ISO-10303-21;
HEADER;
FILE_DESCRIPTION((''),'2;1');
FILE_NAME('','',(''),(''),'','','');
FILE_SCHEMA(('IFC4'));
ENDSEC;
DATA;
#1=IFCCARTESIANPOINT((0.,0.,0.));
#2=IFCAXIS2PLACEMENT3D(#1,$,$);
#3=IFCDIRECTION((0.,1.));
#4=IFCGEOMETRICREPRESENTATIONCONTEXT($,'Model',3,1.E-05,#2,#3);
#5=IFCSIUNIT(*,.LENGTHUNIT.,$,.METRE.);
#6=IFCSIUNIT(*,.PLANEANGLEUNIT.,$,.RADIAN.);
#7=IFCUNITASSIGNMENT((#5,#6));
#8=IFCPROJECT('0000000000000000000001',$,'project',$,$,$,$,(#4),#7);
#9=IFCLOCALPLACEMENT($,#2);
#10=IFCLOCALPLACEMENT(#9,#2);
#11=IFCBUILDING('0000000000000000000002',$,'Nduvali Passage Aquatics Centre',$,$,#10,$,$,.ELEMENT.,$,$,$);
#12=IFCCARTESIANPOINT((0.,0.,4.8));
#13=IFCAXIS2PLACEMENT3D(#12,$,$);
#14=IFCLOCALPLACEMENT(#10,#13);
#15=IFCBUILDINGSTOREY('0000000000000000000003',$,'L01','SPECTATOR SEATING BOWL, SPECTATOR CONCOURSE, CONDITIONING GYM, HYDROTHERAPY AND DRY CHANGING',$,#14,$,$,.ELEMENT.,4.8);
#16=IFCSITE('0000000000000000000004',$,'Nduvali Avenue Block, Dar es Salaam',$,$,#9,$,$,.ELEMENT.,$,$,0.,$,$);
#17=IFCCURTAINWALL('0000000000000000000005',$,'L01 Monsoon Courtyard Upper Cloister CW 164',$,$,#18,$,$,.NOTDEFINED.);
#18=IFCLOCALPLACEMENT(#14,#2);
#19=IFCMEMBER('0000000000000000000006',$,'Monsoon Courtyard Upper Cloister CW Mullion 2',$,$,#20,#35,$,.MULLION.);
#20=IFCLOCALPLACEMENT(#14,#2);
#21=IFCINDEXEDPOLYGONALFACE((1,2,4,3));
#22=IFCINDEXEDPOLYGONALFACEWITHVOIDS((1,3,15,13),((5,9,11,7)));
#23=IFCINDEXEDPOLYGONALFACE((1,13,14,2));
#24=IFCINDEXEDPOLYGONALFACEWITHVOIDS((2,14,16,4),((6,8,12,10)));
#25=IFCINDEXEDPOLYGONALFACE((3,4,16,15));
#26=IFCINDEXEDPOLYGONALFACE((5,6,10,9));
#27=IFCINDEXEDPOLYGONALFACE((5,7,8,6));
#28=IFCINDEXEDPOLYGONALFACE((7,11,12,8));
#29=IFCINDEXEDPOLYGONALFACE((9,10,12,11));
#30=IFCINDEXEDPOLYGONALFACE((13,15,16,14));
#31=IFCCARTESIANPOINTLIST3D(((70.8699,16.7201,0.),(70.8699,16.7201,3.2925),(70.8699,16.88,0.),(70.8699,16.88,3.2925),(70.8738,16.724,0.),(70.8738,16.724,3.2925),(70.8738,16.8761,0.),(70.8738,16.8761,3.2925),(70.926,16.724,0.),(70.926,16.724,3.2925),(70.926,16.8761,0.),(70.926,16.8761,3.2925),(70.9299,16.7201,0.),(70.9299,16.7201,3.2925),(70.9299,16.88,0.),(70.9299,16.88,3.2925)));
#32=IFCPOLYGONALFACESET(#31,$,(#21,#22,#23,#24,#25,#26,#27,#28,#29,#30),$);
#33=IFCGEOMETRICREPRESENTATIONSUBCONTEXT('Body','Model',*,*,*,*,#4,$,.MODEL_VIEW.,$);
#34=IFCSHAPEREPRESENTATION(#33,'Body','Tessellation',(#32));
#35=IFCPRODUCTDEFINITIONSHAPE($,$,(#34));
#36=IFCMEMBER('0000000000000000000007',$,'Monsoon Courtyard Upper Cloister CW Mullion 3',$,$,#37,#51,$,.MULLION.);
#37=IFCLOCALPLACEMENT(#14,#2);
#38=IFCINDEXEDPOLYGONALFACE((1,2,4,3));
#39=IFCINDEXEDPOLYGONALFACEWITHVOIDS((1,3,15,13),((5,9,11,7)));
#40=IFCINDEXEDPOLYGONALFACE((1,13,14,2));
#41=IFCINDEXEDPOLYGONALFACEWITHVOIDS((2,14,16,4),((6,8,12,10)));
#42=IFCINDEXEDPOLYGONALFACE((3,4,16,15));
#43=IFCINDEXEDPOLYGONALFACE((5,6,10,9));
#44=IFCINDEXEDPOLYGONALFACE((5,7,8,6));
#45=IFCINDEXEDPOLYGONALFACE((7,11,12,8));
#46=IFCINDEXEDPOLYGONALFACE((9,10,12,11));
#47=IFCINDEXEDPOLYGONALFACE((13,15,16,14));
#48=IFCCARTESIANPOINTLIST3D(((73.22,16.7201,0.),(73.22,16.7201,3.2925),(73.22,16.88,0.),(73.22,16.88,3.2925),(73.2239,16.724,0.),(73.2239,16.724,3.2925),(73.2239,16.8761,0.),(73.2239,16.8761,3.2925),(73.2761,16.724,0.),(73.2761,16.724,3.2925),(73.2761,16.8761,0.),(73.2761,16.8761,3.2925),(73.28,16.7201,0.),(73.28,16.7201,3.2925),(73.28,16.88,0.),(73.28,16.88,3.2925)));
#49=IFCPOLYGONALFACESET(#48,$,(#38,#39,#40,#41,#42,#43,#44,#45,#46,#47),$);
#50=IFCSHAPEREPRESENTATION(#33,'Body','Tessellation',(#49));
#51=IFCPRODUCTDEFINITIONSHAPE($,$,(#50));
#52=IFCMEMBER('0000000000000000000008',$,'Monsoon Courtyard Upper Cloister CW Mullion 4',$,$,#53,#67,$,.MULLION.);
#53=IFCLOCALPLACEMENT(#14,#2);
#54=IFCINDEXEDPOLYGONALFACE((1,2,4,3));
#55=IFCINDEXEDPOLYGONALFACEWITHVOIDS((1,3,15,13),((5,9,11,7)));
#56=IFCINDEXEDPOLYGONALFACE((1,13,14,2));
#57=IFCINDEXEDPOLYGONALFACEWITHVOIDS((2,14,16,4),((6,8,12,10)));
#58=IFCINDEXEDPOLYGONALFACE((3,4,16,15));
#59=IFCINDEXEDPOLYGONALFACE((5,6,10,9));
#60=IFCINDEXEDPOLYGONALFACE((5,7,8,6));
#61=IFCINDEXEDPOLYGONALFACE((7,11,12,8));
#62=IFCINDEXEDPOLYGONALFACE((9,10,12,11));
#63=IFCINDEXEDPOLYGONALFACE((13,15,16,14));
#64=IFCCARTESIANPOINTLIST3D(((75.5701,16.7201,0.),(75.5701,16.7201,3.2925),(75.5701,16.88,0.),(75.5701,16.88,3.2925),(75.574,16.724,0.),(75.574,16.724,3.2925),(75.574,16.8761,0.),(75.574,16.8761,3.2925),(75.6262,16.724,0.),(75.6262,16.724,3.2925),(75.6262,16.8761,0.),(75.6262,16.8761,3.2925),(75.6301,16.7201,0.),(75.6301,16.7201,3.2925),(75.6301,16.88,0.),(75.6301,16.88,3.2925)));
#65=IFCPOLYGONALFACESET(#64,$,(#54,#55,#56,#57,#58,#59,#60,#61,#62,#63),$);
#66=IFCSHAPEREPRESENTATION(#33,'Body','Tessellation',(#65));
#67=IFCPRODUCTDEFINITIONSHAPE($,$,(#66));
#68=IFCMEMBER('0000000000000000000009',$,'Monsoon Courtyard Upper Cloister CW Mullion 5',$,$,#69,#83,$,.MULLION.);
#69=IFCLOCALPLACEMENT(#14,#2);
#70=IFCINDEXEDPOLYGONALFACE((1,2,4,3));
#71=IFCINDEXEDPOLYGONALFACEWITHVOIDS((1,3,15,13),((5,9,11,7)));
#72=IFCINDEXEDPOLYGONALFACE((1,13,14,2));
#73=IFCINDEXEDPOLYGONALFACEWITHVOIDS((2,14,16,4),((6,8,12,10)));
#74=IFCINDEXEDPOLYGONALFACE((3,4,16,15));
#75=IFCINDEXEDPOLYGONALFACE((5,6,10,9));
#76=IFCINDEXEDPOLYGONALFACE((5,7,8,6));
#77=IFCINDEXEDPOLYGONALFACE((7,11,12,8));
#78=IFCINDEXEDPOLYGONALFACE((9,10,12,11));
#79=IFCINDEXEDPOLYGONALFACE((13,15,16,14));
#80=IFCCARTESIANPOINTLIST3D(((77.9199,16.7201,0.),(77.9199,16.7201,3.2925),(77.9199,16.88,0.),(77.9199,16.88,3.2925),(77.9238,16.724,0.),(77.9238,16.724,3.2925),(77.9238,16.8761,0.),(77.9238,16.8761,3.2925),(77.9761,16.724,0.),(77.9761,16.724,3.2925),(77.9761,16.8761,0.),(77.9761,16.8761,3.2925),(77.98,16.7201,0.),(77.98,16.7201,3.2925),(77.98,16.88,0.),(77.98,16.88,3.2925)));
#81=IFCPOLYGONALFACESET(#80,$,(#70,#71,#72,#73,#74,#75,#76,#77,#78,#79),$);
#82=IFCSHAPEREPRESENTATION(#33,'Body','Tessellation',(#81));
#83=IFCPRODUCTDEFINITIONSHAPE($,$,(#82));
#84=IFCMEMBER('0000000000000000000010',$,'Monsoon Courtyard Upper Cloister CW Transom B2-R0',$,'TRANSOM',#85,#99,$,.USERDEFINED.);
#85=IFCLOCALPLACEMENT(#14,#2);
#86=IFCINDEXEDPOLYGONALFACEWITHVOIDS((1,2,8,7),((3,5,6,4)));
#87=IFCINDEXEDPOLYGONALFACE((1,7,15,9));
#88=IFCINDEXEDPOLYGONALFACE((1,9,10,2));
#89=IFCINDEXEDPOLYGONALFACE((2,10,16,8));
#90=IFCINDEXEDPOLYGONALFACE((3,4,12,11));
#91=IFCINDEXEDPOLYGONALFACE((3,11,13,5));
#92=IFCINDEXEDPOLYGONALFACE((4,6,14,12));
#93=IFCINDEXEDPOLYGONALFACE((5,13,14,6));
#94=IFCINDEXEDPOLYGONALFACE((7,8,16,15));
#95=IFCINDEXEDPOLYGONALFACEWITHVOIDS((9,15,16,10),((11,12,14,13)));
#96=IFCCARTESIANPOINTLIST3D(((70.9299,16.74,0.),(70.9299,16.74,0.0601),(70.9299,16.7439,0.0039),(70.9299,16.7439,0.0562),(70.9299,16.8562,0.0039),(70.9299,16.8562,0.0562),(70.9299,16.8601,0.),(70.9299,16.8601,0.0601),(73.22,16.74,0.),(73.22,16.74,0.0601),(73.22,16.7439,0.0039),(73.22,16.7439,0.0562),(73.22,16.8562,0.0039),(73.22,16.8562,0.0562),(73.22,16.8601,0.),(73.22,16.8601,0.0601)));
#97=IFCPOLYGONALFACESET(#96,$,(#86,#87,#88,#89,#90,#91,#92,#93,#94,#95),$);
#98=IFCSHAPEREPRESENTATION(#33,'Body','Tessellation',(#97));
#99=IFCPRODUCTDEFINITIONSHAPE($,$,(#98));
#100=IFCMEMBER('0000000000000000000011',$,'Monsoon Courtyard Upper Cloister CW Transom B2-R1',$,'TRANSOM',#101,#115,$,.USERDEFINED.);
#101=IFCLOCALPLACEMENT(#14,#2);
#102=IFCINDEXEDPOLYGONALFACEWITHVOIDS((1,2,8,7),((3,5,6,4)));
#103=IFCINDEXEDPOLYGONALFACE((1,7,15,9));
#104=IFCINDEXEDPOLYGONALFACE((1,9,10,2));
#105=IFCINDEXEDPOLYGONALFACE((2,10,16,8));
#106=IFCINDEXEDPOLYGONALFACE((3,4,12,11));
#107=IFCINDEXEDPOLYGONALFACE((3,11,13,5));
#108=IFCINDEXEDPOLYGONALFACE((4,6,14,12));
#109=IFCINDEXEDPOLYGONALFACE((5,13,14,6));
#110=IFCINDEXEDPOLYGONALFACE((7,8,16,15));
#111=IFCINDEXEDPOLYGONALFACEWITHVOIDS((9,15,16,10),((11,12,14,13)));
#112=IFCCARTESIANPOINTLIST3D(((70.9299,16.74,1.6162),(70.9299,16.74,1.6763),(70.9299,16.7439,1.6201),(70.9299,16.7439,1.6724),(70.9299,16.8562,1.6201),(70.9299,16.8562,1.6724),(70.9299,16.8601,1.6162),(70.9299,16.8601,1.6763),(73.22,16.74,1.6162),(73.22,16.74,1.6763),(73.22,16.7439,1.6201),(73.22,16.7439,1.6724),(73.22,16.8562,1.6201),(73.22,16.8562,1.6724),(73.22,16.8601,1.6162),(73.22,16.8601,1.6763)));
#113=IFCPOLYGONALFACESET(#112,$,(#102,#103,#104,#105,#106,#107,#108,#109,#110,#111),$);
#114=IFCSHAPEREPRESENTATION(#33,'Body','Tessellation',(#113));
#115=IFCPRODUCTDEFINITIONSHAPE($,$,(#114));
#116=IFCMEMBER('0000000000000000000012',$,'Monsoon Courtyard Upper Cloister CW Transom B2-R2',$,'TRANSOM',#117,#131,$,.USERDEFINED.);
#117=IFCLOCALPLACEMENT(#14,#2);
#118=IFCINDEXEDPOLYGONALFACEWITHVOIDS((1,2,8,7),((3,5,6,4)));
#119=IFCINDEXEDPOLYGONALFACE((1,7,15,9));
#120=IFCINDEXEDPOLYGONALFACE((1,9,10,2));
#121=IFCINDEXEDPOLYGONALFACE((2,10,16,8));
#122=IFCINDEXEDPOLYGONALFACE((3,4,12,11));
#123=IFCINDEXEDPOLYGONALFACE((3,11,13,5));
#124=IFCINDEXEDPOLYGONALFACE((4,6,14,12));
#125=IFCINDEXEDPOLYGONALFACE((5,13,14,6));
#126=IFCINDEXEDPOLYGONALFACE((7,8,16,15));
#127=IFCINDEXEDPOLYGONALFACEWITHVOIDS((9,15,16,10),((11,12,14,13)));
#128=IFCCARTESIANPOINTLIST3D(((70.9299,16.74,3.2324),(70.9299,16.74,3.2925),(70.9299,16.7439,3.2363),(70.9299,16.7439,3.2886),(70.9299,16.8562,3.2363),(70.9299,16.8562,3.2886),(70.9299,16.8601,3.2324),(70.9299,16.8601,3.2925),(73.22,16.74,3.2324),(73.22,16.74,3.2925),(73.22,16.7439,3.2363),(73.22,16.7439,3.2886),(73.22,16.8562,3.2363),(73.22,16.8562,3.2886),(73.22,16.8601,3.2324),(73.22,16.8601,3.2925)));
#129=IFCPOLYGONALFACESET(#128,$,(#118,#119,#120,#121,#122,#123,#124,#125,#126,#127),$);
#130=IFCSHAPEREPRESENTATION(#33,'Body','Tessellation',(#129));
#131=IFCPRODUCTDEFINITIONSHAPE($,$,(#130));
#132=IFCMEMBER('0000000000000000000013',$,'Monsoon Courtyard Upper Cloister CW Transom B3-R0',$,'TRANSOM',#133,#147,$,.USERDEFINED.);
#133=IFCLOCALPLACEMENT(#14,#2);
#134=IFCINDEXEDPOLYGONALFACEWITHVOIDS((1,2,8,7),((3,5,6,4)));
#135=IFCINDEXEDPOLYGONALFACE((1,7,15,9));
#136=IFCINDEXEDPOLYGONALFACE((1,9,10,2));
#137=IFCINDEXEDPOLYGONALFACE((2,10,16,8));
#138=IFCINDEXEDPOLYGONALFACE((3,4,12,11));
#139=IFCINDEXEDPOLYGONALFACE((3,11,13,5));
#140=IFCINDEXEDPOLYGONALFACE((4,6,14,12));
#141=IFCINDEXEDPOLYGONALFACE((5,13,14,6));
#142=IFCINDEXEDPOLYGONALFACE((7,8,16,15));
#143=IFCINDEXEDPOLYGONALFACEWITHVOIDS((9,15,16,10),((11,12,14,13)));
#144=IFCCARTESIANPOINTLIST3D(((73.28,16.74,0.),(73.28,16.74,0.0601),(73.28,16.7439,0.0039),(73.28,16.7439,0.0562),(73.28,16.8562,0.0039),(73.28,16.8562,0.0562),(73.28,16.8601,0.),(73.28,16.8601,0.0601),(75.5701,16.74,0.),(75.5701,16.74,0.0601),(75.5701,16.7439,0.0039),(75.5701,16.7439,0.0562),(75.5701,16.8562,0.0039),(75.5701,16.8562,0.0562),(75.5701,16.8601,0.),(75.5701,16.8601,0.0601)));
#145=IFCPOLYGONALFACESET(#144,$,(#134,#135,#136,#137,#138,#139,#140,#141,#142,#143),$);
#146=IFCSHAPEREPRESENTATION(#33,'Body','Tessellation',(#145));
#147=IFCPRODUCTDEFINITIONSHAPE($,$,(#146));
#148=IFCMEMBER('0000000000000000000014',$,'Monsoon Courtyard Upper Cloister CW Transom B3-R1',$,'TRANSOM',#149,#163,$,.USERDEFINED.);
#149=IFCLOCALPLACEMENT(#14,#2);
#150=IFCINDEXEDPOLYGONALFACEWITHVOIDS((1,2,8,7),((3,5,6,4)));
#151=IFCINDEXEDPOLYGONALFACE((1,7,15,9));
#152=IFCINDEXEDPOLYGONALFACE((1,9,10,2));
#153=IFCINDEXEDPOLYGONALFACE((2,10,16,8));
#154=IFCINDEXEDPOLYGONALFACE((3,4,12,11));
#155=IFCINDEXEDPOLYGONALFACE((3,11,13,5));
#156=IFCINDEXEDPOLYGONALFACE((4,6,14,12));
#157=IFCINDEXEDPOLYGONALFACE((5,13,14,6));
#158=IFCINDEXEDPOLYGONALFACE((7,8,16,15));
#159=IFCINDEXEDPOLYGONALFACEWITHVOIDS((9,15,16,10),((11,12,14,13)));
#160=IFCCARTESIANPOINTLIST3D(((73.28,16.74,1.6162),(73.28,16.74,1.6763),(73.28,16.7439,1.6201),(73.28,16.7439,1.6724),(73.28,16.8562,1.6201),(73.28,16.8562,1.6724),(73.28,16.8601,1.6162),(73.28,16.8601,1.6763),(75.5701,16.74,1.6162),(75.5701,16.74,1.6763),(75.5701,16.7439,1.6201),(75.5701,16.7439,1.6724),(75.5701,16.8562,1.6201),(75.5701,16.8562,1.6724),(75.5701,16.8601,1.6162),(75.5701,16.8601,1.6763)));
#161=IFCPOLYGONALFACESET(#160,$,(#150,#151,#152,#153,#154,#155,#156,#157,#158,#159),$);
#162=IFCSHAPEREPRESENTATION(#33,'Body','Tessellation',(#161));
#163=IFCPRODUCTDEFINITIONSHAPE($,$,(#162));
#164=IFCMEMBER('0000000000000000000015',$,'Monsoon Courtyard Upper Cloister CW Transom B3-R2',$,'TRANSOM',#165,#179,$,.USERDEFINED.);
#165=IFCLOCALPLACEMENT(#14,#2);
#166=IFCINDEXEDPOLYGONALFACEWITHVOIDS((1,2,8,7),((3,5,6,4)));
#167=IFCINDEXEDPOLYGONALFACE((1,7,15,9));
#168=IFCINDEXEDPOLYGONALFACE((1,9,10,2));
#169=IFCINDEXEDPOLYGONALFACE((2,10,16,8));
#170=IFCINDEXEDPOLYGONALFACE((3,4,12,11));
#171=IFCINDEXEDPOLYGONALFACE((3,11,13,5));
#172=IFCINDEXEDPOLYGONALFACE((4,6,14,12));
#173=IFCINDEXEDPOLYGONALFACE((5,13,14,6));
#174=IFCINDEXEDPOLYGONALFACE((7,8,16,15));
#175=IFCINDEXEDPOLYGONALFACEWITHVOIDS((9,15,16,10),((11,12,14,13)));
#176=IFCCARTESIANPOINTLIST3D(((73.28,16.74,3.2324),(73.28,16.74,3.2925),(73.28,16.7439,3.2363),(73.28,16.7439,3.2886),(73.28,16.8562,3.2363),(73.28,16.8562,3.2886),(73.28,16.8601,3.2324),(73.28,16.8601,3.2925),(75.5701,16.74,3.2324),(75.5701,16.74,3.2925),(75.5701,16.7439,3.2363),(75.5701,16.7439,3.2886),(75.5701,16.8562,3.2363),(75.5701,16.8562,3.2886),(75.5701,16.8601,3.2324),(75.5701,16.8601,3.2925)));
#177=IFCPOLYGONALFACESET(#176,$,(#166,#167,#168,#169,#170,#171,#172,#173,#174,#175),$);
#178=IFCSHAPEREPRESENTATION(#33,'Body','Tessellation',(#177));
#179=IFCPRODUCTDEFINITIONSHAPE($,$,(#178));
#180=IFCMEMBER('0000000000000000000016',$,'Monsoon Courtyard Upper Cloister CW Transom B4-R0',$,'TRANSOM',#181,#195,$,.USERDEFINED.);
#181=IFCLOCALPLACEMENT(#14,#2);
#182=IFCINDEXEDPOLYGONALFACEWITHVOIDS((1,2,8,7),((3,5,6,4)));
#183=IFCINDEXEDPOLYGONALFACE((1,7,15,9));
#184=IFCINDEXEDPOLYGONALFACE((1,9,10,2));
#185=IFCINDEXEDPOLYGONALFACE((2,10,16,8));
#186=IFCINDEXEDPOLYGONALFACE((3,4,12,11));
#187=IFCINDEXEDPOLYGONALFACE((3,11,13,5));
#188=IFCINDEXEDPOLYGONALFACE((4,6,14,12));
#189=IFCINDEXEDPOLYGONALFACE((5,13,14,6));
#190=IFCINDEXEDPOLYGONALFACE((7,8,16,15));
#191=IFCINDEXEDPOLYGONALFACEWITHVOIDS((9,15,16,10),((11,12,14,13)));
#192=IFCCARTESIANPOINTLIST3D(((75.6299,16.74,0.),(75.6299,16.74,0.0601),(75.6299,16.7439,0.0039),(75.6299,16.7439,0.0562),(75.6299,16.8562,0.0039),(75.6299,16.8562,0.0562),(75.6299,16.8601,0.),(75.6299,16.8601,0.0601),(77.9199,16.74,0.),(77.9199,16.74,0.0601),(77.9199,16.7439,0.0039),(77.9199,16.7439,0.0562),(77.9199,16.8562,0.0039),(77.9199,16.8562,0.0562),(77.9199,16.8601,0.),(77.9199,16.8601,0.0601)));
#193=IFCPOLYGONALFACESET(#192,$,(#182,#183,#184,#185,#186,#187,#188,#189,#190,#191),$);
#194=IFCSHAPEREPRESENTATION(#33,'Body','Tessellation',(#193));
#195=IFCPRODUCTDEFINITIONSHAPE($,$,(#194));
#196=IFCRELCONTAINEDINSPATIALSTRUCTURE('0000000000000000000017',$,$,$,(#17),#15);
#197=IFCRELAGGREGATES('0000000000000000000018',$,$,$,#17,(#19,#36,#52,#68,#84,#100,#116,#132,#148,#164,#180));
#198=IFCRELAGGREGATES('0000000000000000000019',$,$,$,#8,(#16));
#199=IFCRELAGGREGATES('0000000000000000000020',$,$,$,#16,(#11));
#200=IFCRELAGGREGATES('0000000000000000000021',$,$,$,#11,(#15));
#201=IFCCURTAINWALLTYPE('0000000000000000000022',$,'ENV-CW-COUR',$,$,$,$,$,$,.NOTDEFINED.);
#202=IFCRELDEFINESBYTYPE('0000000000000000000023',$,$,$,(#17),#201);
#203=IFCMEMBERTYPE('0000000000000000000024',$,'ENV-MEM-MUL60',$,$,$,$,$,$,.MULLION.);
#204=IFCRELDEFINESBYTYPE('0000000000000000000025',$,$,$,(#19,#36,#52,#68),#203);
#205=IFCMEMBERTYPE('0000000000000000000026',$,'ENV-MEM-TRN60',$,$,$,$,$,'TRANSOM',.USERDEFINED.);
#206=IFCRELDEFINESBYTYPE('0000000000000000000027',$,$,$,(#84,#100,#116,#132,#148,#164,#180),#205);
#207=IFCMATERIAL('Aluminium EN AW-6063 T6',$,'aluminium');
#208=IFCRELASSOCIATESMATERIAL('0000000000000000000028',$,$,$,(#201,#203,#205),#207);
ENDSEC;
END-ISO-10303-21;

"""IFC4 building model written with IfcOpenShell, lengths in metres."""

from ifc_helpers import new_model, si_unit, direction, frame, origin, origin_2d, place, context, subcontext, project, spatial, hollow_rectangle, extrude, material, material_profile, profile_set, type_object, element, aggregate, save


model = new_model("IFC4")

# Units and contexts
model_context = context("Model", 3, precision=1e-05, world=origin(), true_north=direction((0.0, 1.0)))
body_context = subcontext(model_context, "Body", "Model", "MODEL_VIEW")
ifc_project = project(units=[si_unit("LENGTHUNIT", "METRE"), si_unit("PLANEANGLEUNIT", "RADIAN")], contexts=[model_context])

# Site, building, storey
site_placement = place(None, origin())
site = spatial("IfcSite", under=ifc_project, at=site_placement, Name="Nduvali Avenue Block, Dar es Salaam", CompositionType="ELEMENT", RefElevation=0.0)
building_placement = place(site_placement, origin())
building = spatial("IfcBuilding", under=site, at=building_placement, Name="Nduvali Passage Aquatics Centre", CompositionType="ELEMENT")
storey_placement = place(building_placement, frame((0.0, 0.0, 4.8)))
storey = spatial("IfcBuildingStorey", under=building, at=storey_placement, Name="L01", Description="SPECTATOR SEATING BOWL, SPECTATOR CONCOURSE, CONDITIONING GYM, HYDROTHERAPY AND DRY CHANGING", CompositionType="ELEMENT", Elevation=4.8)

# Curtain wall, members
ifc_material_1 = material(Name="Aluminium EN AW-6063 T6", Category="aluminium")
curtain_wall_type = type_object("IfcCurtainWallType", Name="ENV-CW-COUR", PredefinedType="NOTDEFINED", material=ifc_material_1)
curtain_wall_placement = place(storey_placement, origin())
curtain_wall = element("IfcCurtainWall", 1, at=curtain_wall_placement, inside=storey, type_object=curtain_wall_type, Name="L01 Monsoon Courtyard Upper Cloister CW 164", PredefinedType="NOTDEFINED")
ifc_material_profile_1 = material_profile(ifc_material_1, hollow_rectangle(XDim=0.0601, YDim=0.1599, WallThickness=0.0039, at=origin_2d()), Name="ALU MULLION 60x160x4")
ifc_profile_set_1 = profile_set([ifc_material_profile_1], Name="Aluminium EN AW-6063 T6")
member_type_1 = type_object("IfcMemberType", Name="ENV-MEM-MUL60", PredefinedType="MULLION", material=ifc_profile_set_1)
member_1_placement = place(storey_placement, frame((70.8999, 16.8, 0.0), z_axis=(0.0, 0.0, 1.0), x_axis=(1.0, 0.0, 0.0)))
member_1 = element("IfcMember", 2, at=member_1_placement, type_object=member_type_1, Name="Monsoon Courtyard Upper Cloister CW Mullion 2", PredefinedType="MULLION", context=body_context, shape_type="SweptSolid", body=[
    extrude(hollow_rectangle(XDim=0.0601, YDim=0.1599, WallThickness=0.0039, at=origin_2d()), origin(), (0.0, 0.0, 1.0), 3.2925),
])
member_2_placement = place(storey_placement, frame((73.25, 16.8, 0.0), z_axis=(0.0, 0.0, 1.0), x_axis=(1.0, 0.0, 0.0)))
member_2 = element("IfcMember", 3, at=member_2_placement, type_object=member_type_1, Name="Monsoon Courtyard Upper Cloister CW Mullion 3", PredefinedType="MULLION", context=body_context, shape_type="SweptSolid", body=[
    extrude(hollow_rectangle(XDim=0.0601, YDim=0.1599, WallThickness=0.0039, at=origin_2d()), origin(), (0.0, 0.0, 1.0), 3.2925),
])
member_3_placement = place(storey_placement, frame((75.6001, 16.8, 0.0), z_axis=(0.0, 0.0, 1.0), x_axis=(1.0, 0.0, 0.0)))
member_3 = element("IfcMember", 4, at=member_3_placement, type_object=member_type_1, Name="Monsoon Courtyard Upper Cloister CW Mullion 4", PredefinedType="MULLION", context=body_context, shape_type="SweptSolid", body=[
    extrude(hollow_rectangle(XDim=0.0601, YDim=0.1599, WallThickness=0.0039, at=origin_2d()), origin(), (0.0, 0.0, 1.0), 3.2925),
])
member_4_placement = place(storey_placement, frame((77.95, 16.8, 0.0), z_axis=(0.0, 0.0, 1.0), x_axis=(1.0, 0.0, 0.0)))
member_4 = element("IfcMember", 5, at=member_4_placement, type_object=member_type_1, Name="Monsoon Courtyard Upper Cloister CW Mullion 5", PredefinedType="MULLION", context=body_context, shape_type="SweptSolid", body=[
    extrude(hollow_rectangle(XDim=0.0601, YDim=0.1599, WallThickness=0.0039, at=origin_2d()), origin(), (0.0, 0.0, 1.0), 3.2925),
])
ifc_material_profile_2 = material_profile(ifc_material_1, hollow_rectangle(XDim=0.1201, YDim=0.0601, WallThickness=0.0039, at=origin_2d()), Name="ALU TRANSOM 120x60x4")
ifc_profile_set_2 = profile_set([ifc_material_profile_2], Name="Aluminium EN AW-6063 T6")
member_type_2 = type_object("IfcMemberType", Name="ENV-MEM-TRN60", ElementType="TRANSOM", PredefinedType="USERDEFINED", material=ifc_profile_set_2)
member_5_placement = place(storey_placement, frame((70.9299, 16.8, 0.03), z_axis=(1.0, 0.0, 0.0), x_axis=(0.0, 1.0, 0.0)))
member_5 = element("IfcMember", 6, at=member_5_placement, type_object=member_type_2, Name="Monsoon Courtyard Upper Cloister CW Transom B2-R0", ObjectType="TRANSOM", PredefinedType="USERDEFINED", context=body_context, shape_type="SweptSolid", body=[
    extrude(hollow_rectangle(XDim=0.1201, YDim=0.0601, WallThickness=0.0039, at=origin_2d()), origin(), (0.0, 0.0, 1.0), 2.29),
])
member_6_placement = place(storey_placement, frame((70.9299, 16.8, 1.6462), z_axis=(1.0, 0.0, 0.0), x_axis=(0.0, 1.0, 0.0)))
member_6 = element("IfcMember", 7, at=member_6_placement, type_object=member_type_2, Name="Monsoon Courtyard Upper Cloister CW Transom B2-R1", ObjectType="TRANSOM", PredefinedType="USERDEFINED", context=body_context, shape_type="SweptSolid", body=[
    extrude(hollow_rectangle(XDim=0.1201, YDim=0.0601, WallThickness=0.0039, at=origin_2d()), origin(), (0.0, 0.0, 1.0), 2.29),
])
member_7_placement = place(storey_placement, frame((70.9299, 16.8, 3.2625), z_axis=(1.0, 0.0, 0.0), x_axis=(0.0, 1.0, 0.0)))
member_7 = element("IfcMember", 8, at=member_7_placement, type_object=member_type_2, Name="Monsoon Courtyard Upper Cloister CW Transom B2-R2", ObjectType="TRANSOM", PredefinedType="USERDEFINED", context=body_context, shape_type="SweptSolid", body=[
    extrude(hollow_rectangle(XDim=0.1201, YDim=0.0601, WallThickness=0.0039, at=origin_2d()), origin(), (0.0, 0.0, 1.0), 2.29),
])
member_8_placement = place(storey_placement, frame((73.28, 16.8, 0.03), z_axis=(1.0, 0.0, 0.0), x_axis=(0.0, 1.0, 0.0)))
member_8 = element("IfcMember", 9, at=member_8_placement, type_object=member_type_2, Name="Monsoon Courtyard Upper Cloister CW Transom B3-R0", ObjectType="TRANSOM", PredefinedType="USERDEFINED", context=body_context, shape_type="SweptSolid", body=[
    extrude(hollow_rectangle(XDim=0.1201, YDim=0.0601, WallThickness=0.0039, at=origin_2d()), origin(), (0.0, 0.0, 1.0), 2.29),
])
member_9_placement = place(storey_placement, frame((73.28, 16.8, 1.6462), z_axis=(1.0, 0.0, 0.0), x_axis=(0.0, 1.0, 0.0)))
member_9 = element("IfcMember", 10, at=member_9_placement, type_object=member_type_2, Name="Monsoon Courtyard Upper Cloister CW Transom B3-R1", ObjectType="TRANSOM", PredefinedType="USERDEFINED", context=body_context, shape_type="SweptSolid", body=[
    extrude(hollow_rectangle(XDim=0.1201, YDim=0.0601, WallThickness=0.0039, at=origin_2d()), origin(), (0.0, 0.0, 1.0), 2.29),
])
member_10_placement = place(storey_placement, frame((73.28, 16.8, 3.2625), z_axis=(1.0, 0.0, 0.0), x_axis=(0.0, 1.0, 0.0)))
member_10 = element("IfcMember", 11, at=member_10_placement, type_object=member_type_2, Name="Monsoon Courtyard Upper Cloister CW Transom B3-R2", ObjectType="TRANSOM", PredefinedType="USERDEFINED", context=body_context, shape_type="SweptSolid", body=[
    extrude(hollow_rectangle(XDim=0.1201, YDim=0.0601, WallThickness=0.0039, at=origin_2d()), origin(), (0.0, 0.0, 1.0), 2.29),
])
member_11_placement = place(storey_placement, frame((75.6299, 16.8, 0.03), z_axis=(1.0, 0.0, 0.0), x_axis=(0.0, 1.0, 0.0)))
member_11 = element("IfcMember", 12, at=member_11_placement, type_object=member_type_2, Name="Monsoon Courtyard Upper Cloister CW Transom B4-R0", ObjectType="TRANSOM", PredefinedType="USERDEFINED", context=body_context, shape_type="SweptSolid", body=[
    extrude(hollow_rectangle(XDim=0.1201, YDim=0.0601, WallThickness=0.0039, at=origin_2d()), origin(), (0.0, 0.0, 1.0), 2.29),
])
aggregate(curtain_wall, [member_1, member_2, member_3, member_4, member_5, member_6, member_7, member_8, member_9, member_10, member_11])

save(model, "model.ifc")
